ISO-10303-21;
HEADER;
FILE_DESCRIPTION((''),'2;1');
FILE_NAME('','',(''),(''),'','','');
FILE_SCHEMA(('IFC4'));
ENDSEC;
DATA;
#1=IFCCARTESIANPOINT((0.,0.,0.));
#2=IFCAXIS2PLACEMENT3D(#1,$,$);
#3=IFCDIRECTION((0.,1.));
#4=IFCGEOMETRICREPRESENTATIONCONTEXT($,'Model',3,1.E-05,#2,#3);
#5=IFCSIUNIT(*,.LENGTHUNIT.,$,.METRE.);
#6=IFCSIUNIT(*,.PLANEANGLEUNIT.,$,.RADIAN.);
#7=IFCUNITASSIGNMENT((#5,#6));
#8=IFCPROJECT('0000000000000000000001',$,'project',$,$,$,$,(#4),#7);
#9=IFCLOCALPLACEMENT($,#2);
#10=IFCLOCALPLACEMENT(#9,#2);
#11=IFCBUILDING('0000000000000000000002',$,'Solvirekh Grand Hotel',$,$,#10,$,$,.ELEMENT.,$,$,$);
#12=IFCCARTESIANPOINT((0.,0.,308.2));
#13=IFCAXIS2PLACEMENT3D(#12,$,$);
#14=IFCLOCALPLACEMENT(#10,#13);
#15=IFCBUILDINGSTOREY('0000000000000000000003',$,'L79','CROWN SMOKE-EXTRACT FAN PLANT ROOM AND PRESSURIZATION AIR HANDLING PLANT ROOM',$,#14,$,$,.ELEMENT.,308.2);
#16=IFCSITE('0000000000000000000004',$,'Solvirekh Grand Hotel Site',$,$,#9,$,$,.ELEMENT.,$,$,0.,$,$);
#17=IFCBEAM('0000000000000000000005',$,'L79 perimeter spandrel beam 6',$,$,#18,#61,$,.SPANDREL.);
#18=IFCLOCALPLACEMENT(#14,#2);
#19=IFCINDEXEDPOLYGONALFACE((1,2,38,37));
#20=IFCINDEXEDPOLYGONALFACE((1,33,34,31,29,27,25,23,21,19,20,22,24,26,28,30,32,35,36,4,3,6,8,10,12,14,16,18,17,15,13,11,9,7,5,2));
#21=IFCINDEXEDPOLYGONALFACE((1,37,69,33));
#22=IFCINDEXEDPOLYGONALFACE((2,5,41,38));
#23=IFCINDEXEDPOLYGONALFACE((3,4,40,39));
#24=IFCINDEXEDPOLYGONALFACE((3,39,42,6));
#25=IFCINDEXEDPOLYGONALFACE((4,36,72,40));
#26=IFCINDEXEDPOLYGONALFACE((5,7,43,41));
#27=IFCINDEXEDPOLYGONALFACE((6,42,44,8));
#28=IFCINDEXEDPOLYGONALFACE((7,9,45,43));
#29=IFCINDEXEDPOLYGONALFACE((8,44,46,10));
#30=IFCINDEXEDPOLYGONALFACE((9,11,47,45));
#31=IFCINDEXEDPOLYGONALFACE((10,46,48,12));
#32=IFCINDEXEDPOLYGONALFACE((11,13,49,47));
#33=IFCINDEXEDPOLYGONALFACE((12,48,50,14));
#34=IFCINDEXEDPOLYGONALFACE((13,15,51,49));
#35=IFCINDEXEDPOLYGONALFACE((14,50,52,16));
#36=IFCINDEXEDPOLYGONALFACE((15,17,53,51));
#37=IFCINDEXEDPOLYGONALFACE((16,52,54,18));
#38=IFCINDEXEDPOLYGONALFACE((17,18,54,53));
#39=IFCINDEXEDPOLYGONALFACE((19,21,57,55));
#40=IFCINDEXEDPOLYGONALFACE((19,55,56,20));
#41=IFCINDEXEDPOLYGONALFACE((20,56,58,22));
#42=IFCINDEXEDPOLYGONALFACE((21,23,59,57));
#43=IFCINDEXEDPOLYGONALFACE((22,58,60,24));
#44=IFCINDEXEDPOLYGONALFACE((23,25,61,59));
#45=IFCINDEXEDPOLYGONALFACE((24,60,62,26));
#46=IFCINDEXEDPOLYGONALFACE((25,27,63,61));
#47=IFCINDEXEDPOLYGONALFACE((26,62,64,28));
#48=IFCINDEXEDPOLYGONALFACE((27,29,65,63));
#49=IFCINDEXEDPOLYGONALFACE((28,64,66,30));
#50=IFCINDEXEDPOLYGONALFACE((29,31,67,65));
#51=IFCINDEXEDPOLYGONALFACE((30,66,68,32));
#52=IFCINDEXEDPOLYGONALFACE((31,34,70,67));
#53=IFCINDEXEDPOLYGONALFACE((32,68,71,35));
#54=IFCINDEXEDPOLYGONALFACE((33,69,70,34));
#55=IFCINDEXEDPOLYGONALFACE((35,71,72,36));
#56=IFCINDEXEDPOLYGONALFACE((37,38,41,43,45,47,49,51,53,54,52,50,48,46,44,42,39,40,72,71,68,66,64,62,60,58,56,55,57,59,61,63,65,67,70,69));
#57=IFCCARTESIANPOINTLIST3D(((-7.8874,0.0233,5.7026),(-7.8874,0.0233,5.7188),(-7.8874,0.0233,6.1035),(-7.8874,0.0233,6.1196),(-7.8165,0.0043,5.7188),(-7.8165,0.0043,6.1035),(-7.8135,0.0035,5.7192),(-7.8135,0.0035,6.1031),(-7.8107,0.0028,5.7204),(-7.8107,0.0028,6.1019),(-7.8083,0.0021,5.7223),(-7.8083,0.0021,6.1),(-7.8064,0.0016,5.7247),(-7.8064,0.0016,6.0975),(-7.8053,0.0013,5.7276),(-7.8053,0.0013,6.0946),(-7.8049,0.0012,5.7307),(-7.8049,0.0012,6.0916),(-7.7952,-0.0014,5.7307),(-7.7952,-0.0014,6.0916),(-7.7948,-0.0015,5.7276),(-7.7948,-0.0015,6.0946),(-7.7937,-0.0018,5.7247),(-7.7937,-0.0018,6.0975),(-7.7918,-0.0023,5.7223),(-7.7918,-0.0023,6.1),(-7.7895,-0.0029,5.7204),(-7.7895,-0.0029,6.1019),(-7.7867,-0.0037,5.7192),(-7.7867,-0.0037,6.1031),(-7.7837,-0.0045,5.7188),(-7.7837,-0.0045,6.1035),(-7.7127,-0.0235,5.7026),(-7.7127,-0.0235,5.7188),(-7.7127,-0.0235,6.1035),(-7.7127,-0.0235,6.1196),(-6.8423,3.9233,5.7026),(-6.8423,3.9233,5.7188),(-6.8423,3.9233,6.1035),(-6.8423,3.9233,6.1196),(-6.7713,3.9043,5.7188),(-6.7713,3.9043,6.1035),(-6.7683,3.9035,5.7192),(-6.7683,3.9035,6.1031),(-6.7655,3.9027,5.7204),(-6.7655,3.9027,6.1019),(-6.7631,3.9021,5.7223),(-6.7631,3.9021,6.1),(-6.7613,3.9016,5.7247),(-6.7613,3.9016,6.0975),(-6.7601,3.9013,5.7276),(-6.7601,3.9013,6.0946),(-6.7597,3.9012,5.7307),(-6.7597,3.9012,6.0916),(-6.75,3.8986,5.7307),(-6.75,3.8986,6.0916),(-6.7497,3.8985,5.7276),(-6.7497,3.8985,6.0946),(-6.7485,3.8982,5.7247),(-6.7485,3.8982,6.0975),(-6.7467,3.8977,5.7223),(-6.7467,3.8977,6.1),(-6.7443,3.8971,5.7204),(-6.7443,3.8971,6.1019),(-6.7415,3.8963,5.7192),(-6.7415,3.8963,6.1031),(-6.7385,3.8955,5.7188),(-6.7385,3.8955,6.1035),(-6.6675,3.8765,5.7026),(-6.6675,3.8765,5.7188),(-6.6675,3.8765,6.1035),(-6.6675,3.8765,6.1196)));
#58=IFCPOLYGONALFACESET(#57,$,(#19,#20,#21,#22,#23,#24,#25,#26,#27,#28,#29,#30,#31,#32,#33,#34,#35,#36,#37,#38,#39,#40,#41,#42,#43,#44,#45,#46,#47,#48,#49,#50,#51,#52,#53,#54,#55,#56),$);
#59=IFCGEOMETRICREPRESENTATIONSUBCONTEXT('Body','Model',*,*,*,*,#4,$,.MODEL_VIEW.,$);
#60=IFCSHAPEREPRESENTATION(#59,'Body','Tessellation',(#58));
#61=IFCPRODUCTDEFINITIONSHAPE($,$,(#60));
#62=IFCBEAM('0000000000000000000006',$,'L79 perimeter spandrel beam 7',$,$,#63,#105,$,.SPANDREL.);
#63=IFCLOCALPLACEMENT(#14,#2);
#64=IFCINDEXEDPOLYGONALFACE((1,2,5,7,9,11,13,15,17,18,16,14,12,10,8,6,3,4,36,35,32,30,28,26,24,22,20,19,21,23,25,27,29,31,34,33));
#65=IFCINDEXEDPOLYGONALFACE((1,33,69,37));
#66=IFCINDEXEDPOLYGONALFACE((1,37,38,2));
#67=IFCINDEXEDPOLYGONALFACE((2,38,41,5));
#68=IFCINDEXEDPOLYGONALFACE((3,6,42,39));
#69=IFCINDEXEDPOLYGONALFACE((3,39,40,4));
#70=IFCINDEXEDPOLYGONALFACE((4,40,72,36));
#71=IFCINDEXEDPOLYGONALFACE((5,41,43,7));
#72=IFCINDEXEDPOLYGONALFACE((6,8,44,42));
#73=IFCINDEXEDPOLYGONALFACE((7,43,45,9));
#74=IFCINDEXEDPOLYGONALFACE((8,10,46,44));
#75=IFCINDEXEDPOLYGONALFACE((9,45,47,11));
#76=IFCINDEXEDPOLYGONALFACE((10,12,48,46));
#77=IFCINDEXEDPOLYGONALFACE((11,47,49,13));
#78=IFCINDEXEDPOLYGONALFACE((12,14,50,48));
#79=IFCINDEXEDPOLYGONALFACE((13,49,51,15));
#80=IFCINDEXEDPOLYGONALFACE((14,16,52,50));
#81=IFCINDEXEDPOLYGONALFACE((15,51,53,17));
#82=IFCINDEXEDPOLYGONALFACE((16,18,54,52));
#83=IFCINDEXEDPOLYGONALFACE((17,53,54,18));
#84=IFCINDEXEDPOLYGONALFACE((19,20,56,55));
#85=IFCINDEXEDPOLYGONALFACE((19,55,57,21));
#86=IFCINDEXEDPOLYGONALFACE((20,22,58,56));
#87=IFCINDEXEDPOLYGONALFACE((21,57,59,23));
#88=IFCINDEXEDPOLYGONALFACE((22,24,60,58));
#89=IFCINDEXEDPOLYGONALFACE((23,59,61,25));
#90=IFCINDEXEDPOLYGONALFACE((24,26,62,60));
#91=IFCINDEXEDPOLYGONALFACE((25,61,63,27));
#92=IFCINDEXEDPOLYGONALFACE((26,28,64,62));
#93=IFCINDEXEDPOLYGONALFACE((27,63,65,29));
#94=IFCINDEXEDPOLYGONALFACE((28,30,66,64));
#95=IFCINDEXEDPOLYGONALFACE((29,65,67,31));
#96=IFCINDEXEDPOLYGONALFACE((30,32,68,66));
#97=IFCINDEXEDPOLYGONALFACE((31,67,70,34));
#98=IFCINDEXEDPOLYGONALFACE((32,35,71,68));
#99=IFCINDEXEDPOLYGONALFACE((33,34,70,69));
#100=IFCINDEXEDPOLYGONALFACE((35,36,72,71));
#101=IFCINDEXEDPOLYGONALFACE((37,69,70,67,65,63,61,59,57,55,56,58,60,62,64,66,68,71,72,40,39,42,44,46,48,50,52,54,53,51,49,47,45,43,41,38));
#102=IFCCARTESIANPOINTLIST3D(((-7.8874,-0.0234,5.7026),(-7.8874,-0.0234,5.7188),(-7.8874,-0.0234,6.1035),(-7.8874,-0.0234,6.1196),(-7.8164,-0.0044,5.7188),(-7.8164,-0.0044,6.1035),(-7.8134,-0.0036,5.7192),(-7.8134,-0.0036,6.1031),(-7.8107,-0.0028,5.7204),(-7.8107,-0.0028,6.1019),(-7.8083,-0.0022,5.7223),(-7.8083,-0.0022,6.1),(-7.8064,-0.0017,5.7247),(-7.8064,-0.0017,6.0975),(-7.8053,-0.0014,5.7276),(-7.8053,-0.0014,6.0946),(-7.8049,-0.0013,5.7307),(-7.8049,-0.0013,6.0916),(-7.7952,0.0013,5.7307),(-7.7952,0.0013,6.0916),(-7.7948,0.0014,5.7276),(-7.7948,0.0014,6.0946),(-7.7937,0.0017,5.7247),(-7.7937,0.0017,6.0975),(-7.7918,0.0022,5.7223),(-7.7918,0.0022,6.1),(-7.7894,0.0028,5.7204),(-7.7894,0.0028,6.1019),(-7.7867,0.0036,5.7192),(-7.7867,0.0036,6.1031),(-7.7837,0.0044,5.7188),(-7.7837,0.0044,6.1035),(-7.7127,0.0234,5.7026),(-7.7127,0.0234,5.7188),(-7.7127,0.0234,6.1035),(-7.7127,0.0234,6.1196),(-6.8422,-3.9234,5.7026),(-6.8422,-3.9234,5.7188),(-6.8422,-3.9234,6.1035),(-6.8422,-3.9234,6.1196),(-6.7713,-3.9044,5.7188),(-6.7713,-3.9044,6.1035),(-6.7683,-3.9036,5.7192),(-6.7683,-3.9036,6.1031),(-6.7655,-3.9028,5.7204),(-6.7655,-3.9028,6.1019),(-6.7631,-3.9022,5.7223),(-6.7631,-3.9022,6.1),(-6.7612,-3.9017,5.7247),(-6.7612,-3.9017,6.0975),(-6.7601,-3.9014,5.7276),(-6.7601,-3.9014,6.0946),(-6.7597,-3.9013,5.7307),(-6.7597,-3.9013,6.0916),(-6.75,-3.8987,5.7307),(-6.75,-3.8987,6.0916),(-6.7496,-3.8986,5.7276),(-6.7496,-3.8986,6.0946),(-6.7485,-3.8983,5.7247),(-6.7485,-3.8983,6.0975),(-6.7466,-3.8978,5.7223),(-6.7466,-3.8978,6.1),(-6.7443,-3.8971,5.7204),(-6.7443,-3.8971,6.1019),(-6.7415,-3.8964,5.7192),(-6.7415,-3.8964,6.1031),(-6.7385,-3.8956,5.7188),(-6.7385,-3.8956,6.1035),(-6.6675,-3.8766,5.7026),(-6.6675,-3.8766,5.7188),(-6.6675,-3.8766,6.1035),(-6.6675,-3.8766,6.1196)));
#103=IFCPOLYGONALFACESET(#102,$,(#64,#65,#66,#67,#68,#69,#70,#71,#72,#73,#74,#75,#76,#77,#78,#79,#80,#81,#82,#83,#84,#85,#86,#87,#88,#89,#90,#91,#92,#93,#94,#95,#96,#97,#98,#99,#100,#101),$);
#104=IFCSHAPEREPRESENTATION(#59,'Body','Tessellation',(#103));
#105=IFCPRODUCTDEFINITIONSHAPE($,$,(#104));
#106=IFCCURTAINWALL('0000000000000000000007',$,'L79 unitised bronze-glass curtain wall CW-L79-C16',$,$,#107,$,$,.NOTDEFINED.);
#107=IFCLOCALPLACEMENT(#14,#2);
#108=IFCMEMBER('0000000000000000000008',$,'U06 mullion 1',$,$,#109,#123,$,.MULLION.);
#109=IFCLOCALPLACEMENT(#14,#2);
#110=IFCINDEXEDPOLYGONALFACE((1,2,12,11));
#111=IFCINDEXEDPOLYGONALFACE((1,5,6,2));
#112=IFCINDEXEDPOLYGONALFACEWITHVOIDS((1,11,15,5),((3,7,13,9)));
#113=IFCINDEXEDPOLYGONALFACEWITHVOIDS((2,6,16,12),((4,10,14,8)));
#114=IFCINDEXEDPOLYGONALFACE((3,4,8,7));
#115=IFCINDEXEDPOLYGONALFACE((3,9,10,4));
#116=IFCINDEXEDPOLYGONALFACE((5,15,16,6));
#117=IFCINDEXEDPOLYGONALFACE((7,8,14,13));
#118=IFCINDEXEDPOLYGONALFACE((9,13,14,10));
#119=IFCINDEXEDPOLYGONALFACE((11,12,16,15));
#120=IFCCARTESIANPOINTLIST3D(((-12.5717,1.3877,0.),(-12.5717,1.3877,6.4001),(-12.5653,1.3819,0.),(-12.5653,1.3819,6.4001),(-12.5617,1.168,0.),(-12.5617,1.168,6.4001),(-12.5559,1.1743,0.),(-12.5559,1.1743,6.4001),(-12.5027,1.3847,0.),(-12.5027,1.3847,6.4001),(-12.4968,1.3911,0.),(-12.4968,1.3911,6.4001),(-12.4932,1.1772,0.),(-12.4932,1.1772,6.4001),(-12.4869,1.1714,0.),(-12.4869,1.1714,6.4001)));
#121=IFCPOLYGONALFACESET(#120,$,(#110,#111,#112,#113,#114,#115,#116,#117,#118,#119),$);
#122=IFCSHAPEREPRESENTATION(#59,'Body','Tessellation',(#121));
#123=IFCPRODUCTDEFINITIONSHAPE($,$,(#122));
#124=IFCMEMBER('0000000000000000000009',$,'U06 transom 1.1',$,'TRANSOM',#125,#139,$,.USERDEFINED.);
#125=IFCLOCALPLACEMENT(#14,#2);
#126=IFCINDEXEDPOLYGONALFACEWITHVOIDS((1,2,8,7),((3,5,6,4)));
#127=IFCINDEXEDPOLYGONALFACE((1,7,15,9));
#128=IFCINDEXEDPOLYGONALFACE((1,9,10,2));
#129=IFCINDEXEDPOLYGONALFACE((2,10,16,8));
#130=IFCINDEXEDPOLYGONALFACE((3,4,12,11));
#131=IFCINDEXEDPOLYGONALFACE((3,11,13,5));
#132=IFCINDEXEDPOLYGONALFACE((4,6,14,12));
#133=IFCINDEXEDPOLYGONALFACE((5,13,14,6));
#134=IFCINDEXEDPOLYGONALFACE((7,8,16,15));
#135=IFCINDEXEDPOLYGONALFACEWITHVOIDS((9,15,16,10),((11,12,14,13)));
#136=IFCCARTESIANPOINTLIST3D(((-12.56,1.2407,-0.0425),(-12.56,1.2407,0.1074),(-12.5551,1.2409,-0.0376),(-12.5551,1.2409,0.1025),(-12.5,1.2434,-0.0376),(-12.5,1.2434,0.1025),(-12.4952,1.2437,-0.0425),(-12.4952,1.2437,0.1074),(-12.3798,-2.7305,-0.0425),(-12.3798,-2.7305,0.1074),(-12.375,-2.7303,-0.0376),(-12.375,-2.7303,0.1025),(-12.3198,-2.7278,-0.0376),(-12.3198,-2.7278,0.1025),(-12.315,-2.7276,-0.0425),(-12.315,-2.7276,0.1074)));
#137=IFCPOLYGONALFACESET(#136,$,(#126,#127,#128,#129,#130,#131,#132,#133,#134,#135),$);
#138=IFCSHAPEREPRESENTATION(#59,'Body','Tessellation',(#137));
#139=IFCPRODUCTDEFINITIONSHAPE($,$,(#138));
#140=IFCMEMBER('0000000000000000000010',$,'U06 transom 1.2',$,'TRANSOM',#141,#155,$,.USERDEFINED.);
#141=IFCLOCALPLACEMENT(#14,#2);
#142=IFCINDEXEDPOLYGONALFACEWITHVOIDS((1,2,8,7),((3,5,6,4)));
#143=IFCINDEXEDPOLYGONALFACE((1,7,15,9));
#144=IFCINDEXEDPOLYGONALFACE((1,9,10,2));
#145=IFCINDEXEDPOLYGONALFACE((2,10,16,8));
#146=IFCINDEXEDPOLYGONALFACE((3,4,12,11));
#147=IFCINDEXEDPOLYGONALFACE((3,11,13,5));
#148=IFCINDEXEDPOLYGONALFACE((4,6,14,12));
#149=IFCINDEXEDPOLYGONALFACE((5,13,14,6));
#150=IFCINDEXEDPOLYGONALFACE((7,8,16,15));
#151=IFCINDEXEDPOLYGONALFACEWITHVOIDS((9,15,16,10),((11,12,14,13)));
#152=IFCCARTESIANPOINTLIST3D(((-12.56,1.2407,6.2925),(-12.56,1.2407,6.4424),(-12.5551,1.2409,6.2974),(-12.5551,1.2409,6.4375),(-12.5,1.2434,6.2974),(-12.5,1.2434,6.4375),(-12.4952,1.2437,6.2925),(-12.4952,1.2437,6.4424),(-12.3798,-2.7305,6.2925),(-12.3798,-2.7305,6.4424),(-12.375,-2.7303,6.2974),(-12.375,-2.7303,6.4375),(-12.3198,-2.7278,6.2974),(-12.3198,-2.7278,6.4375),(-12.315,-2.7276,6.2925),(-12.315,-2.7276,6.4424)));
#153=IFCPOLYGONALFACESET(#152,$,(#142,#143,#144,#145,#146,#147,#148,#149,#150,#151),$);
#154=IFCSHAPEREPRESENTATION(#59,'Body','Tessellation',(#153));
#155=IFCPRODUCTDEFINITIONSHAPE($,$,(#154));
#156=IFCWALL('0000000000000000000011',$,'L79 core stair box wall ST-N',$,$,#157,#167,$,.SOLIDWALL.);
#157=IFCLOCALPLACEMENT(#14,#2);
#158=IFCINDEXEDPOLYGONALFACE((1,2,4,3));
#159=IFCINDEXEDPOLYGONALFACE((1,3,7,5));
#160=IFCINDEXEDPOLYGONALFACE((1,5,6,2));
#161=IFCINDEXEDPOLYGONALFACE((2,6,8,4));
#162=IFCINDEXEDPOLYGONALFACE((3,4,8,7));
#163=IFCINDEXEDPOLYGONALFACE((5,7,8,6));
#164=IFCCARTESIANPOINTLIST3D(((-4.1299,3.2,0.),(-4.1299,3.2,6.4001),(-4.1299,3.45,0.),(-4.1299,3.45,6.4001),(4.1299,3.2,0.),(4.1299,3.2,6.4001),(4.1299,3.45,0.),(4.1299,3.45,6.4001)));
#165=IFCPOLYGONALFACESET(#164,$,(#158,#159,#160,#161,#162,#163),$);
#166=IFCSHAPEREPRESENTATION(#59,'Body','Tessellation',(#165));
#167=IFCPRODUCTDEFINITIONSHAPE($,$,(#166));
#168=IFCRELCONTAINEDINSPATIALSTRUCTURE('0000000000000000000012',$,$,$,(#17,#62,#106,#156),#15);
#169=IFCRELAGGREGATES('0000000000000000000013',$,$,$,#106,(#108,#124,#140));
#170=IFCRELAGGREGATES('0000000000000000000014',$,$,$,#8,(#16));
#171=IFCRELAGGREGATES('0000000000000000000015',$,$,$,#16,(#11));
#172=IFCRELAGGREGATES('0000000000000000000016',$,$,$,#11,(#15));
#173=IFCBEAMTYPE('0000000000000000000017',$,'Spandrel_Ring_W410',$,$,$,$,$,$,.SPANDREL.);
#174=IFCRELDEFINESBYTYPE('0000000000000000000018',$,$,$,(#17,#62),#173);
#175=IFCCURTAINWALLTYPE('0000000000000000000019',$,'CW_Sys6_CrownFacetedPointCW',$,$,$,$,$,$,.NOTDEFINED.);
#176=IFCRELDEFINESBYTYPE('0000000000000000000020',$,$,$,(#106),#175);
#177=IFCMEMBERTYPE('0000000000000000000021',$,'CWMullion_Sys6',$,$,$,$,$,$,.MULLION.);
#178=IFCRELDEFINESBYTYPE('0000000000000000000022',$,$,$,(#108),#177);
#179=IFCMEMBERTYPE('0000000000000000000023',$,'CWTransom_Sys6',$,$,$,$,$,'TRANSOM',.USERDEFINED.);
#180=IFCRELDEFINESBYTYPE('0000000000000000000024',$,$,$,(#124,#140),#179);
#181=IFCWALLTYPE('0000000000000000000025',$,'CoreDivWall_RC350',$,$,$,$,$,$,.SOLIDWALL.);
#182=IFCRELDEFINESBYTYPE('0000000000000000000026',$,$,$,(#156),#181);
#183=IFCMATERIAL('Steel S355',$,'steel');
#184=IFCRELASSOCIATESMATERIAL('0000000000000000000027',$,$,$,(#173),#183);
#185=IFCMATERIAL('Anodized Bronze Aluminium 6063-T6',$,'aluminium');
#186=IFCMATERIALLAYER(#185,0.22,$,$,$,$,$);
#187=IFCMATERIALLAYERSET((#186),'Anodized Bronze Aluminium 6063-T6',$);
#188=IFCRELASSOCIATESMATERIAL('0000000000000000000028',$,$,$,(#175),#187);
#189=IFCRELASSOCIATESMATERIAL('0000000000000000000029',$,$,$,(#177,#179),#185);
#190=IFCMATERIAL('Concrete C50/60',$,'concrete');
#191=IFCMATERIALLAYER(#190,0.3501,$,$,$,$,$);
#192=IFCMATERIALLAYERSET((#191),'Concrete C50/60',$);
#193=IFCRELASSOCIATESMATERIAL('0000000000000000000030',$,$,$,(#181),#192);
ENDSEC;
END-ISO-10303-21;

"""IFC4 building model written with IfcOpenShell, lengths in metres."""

from ifc_helpers import new_model, si_unit, direction, frame, frame_2d, origin, origin_2d, place, context, subcontext, project, spatial, rectangle, hollow_rectangle, i_section, extrude, source, transform, mapped, material, layer, layer_set, material_profile, profile_set, type_object, element, aggregate, save


model = new_model("IFC4")

# Units and contexts
model_context = context("Model", 3, precision=1e-05, world=origin(), true_north=direction((0.0, 1.0)))
body_context = subcontext(model_context, "Body", "Model", "MODEL_VIEW")
ifc_project = project(units=[si_unit("LENGTHUNIT", "METRE"), si_unit("PLANEANGLEUNIT", "RADIAN")], contexts=[model_context])

# Site, building, storey
site_placement = place(None, origin())
site = spatial("IfcSite", under=ifc_project, at=site_placement, Name="Solvirekh Grand Hotel Site", CompositionType="ELEMENT", RefElevation=0.0)
building_placement = place(site_placement, origin())
building = spatial("IfcBuilding", under=site, at=building_placement, Name="Solvirekh Grand Hotel", CompositionType="ELEMENT")
storey_placement = place(building_placement, frame((0.0, 0.0, 308.2)))
storey = spatial("IfcBuildingStorey", under=building, at=storey_placement, Name="L79", Description="CROWN SMOKE-EXTRACT FAN PLANT ROOM AND PRESSURIZATION AIR HANDLING PLANT ROOM", CompositionType="ELEMENT", Elevation=308.2)

# Shared definitions
ifc_material_1 = material(Name="Concrete C50/60", Category="concrete")

# Beams
ifc_material_2 = material(Name="Steel S355", Category="steel")
ifc_material_profile_1 = material_profile(ifc_material_2, i_section(OverallWidth=0.1809, OverallDepth=0.417, WebThickness=0.01, FlangeThickness=0.0161, FilletRadius=0.012, at=origin_2d()), Name="W410X85")
ifc_profile_set_1 = profile_set([ifc_material_profile_1], Name="Steel S355")
beam_type_1 = type_object("IfcBeamType", Name="Spandrel_Ring_W410", PredefinedType="SPANDREL", material=ifc_profile_set_1)
for number, where, z_axis, x_axis, name in (
    (1, (-6.7549, 3.8999, 5.9111), (-0.258863, -0.965914, 0.0), (0.965914, -0.258863, 0.0), "L79 perimeter spandrel beam 6"),
    (2, (-7.8, 0.0, 5.9111), (0.258863, -0.965914, 0.0), (0.965914, 0.258863, 0.0), "L79 perimeter spandrel beam 7"),
):
    element("IfcBeam", number, at=place(storey_placement, frame(where, z_axis=z_axis, x_axis=x_axis)), inside=storey, type_object=beam_type_1, Name=name, PredefinedType="SPANDREL", context=body_context, shape_type="SweptSolid", body=[
        extrude(i_section(OverallWidth=0.1809, OverallDepth=0.417, WebThickness=0.01, FlangeThickness=0.0161, FilletRadius=0.012, at=origin_2d()), origin(), (0.0, 0.0, 1.0), 4.0376),
    ])

# Curtain wall, members
ifc_material_3 = material(Name="Anodized Bronze Aluminium 6063-T6", Category="aluminium")
ifc_layer_1 = layer(ifc_material_3, 0.22)
ifc_layer_set_1 = layer_set([ifc_layer_1], Name="Anodized Bronze Aluminium 6063-T6")
curtain_wall_type = type_object("IfcCurtainWallType", Name="CW_Sys6_CrownFacetedPointCW", PredefinedType="NOTDEFINED", material=ifc_layer_set_1)
curtain_wall_placement = place(storey_placement, origin())
curtain_wall = element("IfcCurtainWall", 3, at=curtain_wall_placement, inside=storey, type_object=curtain_wall_type, Name="L79 unitised bronze-glass curtain wall CW-L79-C16", PredefinedType="NOTDEFINED")
ifc_material_profile_2 = material_profile(ifc_material_3, hollow_rectangle(XDim=0.075, YDim=0.22, WallThickness=0.0061, at=origin_2d()), Name="ALU RHS 220X75X6")
ifc_profile_set_2 = profile_set([ifc_material_profile_2], Name="Anodized Bronze Aluminium 6063-T6")
member_type_1 = type_object("IfcMemberType", Name="CWMullion_Sys6", PredefinedType="MULLION", material=ifc_profile_set_2)
shared_shape_1 = source(origin(), body_context, "Body", "SweptSolid", [
    extrude(hollow_rectangle(XDim=0.075, YDim=0.22, WallThickness=0.0061, at=origin_2d()), origin(), (0.0, 0.0, 1.0), 6.4001),
])
member_1_placement = place(storey_placement, frame((-12.5293, 1.2795, 0.0), z_axis=(0.0, 0.0, 1.0), x_axis=(0.998972, 0.045331, 0.0)))
member_1 = element("IfcMember", 4, at=member_1_placement, type_object=member_type_1, Name="U06 mullion 1", PredefinedType="MULLION", context=body_context, shape_type="MappedRepresentation", body=[
    mapped(shared_shape_1, transform((0.0, 0.0, 0.0), x_axis=(1.0, 0.0, 0.0), y_axis=(0.0, 1.0, 0.0), z_axis=(0.0, 0.0, 1.0), scale=1.0)),
])
ifc_material_profile_3 = material_profile(ifc_material_3, hollow_rectangle(XDim=0.0649, YDim=0.1499, WallThickness=0.0049, at=origin_2d()), Name="ALU RHS 150X65X5")
ifc_profile_set_3 = profile_set([ifc_material_profile_3], Name="Anodized Bronze Aluminium 6063-T6")
member_type_2 = type_object("IfcMemberType", Name="CWTransom_Sys6", ElementType="TRANSOM", PredefinedType="USERDEFINED", material=ifc_profile_set_3)
shared_shape_2 = source(origin(), body_context, "Body", "SweptSolid", [
    extrude(hollow_rectangle(XDim=0.0649, YDim=0.1499, WallThickness=0.0049, at=origin_2d()), origin(), (0.0, 0.0, 1.0), 3.9753),
])
member_2_placement = place(storey_placement, frame((-12.5276, 1.2422, 0.0325), z_axis=(0.045324, -0.998972, 0.0), x_axis=(0.998972, 0.045324, 0.0)))
member_2 = element("IfcMember", 5, at=member_2_placement, type_object=member_type_2, Name="U06 transom 1.1", ObjectType="TRANSOM", PredefinedType="USERDEFINED", context=body_context, shape_type="MappedRepresentation", body=[
    mapped(shared_shape_2, transform((0.0, 0.0, 0.0), x_axis=(1.0, 0.0, 0.0), y_axis=(0.0, 1.0, 0.0), z_axis=(0.0, 0.0, 1.0), scale=1.0)),
])
member_3_placement = place(storey_placement, frame((-12.5276, 1.2422, 6.3674), z_axis=(0.045324, -0.998972, 0.0), x_axis=(0.998972, 0.045324, 0.0)))
member_3 = element("IfcMember", 6, at=member_3_placement, type_object=member_type_2, Name="U06 transom 1.2", ObjectType="TRANSOM", PredefinedType="USERDEFINED", context=body_context, shape_type="MappedRepresentation", body=[
    mapped(shared_shape_2, transform((0.0, 0.0, 0.0), x_axis=(1.0, 0.0, 0.0), y_axis=(0.0, 1.0, 0.0), z_axis=(0.0, 0.0, 1.0), scale=1.0)),
])
aggregate(curtain_wall, [member_1, member_2, member_3])

# Wall
ifc_layer_2 = layer(ifc_material_1, 0.3501)
ifc_layer_set_2 = layer_set([ifc_layer_2], Name="Concrete C50/60")
wall_type_1 = type_object("IfcWallType", Name="CoreDivWall_RC350", PredefinedType="SOLIDWALL", material=ifc_layer_set_2)
wall_1_placement = place(storey_placement, frame((-4.1299, 3.325, 0.0), z_axis=(0.0, 0.0, 1.0), x_axis=(1.0, 0.0, 0.0)))
element("IfcWall", 7, at=wall_1_placement, inside=storey, type_object=wall_type_1, Name="L79 core stair box wall ST-N", PredefinedType="SOLIDWALL", context=body_context, shape_type="SweptSolid", body=[
    extrude(rectangle(XDim=8.2598, YDim=0.25, at=frame_2d((4.1299, 0.0))), origin(), (0.0, 0.0, 1.0), 6.4001),
])

save(model, "model.ifc")
